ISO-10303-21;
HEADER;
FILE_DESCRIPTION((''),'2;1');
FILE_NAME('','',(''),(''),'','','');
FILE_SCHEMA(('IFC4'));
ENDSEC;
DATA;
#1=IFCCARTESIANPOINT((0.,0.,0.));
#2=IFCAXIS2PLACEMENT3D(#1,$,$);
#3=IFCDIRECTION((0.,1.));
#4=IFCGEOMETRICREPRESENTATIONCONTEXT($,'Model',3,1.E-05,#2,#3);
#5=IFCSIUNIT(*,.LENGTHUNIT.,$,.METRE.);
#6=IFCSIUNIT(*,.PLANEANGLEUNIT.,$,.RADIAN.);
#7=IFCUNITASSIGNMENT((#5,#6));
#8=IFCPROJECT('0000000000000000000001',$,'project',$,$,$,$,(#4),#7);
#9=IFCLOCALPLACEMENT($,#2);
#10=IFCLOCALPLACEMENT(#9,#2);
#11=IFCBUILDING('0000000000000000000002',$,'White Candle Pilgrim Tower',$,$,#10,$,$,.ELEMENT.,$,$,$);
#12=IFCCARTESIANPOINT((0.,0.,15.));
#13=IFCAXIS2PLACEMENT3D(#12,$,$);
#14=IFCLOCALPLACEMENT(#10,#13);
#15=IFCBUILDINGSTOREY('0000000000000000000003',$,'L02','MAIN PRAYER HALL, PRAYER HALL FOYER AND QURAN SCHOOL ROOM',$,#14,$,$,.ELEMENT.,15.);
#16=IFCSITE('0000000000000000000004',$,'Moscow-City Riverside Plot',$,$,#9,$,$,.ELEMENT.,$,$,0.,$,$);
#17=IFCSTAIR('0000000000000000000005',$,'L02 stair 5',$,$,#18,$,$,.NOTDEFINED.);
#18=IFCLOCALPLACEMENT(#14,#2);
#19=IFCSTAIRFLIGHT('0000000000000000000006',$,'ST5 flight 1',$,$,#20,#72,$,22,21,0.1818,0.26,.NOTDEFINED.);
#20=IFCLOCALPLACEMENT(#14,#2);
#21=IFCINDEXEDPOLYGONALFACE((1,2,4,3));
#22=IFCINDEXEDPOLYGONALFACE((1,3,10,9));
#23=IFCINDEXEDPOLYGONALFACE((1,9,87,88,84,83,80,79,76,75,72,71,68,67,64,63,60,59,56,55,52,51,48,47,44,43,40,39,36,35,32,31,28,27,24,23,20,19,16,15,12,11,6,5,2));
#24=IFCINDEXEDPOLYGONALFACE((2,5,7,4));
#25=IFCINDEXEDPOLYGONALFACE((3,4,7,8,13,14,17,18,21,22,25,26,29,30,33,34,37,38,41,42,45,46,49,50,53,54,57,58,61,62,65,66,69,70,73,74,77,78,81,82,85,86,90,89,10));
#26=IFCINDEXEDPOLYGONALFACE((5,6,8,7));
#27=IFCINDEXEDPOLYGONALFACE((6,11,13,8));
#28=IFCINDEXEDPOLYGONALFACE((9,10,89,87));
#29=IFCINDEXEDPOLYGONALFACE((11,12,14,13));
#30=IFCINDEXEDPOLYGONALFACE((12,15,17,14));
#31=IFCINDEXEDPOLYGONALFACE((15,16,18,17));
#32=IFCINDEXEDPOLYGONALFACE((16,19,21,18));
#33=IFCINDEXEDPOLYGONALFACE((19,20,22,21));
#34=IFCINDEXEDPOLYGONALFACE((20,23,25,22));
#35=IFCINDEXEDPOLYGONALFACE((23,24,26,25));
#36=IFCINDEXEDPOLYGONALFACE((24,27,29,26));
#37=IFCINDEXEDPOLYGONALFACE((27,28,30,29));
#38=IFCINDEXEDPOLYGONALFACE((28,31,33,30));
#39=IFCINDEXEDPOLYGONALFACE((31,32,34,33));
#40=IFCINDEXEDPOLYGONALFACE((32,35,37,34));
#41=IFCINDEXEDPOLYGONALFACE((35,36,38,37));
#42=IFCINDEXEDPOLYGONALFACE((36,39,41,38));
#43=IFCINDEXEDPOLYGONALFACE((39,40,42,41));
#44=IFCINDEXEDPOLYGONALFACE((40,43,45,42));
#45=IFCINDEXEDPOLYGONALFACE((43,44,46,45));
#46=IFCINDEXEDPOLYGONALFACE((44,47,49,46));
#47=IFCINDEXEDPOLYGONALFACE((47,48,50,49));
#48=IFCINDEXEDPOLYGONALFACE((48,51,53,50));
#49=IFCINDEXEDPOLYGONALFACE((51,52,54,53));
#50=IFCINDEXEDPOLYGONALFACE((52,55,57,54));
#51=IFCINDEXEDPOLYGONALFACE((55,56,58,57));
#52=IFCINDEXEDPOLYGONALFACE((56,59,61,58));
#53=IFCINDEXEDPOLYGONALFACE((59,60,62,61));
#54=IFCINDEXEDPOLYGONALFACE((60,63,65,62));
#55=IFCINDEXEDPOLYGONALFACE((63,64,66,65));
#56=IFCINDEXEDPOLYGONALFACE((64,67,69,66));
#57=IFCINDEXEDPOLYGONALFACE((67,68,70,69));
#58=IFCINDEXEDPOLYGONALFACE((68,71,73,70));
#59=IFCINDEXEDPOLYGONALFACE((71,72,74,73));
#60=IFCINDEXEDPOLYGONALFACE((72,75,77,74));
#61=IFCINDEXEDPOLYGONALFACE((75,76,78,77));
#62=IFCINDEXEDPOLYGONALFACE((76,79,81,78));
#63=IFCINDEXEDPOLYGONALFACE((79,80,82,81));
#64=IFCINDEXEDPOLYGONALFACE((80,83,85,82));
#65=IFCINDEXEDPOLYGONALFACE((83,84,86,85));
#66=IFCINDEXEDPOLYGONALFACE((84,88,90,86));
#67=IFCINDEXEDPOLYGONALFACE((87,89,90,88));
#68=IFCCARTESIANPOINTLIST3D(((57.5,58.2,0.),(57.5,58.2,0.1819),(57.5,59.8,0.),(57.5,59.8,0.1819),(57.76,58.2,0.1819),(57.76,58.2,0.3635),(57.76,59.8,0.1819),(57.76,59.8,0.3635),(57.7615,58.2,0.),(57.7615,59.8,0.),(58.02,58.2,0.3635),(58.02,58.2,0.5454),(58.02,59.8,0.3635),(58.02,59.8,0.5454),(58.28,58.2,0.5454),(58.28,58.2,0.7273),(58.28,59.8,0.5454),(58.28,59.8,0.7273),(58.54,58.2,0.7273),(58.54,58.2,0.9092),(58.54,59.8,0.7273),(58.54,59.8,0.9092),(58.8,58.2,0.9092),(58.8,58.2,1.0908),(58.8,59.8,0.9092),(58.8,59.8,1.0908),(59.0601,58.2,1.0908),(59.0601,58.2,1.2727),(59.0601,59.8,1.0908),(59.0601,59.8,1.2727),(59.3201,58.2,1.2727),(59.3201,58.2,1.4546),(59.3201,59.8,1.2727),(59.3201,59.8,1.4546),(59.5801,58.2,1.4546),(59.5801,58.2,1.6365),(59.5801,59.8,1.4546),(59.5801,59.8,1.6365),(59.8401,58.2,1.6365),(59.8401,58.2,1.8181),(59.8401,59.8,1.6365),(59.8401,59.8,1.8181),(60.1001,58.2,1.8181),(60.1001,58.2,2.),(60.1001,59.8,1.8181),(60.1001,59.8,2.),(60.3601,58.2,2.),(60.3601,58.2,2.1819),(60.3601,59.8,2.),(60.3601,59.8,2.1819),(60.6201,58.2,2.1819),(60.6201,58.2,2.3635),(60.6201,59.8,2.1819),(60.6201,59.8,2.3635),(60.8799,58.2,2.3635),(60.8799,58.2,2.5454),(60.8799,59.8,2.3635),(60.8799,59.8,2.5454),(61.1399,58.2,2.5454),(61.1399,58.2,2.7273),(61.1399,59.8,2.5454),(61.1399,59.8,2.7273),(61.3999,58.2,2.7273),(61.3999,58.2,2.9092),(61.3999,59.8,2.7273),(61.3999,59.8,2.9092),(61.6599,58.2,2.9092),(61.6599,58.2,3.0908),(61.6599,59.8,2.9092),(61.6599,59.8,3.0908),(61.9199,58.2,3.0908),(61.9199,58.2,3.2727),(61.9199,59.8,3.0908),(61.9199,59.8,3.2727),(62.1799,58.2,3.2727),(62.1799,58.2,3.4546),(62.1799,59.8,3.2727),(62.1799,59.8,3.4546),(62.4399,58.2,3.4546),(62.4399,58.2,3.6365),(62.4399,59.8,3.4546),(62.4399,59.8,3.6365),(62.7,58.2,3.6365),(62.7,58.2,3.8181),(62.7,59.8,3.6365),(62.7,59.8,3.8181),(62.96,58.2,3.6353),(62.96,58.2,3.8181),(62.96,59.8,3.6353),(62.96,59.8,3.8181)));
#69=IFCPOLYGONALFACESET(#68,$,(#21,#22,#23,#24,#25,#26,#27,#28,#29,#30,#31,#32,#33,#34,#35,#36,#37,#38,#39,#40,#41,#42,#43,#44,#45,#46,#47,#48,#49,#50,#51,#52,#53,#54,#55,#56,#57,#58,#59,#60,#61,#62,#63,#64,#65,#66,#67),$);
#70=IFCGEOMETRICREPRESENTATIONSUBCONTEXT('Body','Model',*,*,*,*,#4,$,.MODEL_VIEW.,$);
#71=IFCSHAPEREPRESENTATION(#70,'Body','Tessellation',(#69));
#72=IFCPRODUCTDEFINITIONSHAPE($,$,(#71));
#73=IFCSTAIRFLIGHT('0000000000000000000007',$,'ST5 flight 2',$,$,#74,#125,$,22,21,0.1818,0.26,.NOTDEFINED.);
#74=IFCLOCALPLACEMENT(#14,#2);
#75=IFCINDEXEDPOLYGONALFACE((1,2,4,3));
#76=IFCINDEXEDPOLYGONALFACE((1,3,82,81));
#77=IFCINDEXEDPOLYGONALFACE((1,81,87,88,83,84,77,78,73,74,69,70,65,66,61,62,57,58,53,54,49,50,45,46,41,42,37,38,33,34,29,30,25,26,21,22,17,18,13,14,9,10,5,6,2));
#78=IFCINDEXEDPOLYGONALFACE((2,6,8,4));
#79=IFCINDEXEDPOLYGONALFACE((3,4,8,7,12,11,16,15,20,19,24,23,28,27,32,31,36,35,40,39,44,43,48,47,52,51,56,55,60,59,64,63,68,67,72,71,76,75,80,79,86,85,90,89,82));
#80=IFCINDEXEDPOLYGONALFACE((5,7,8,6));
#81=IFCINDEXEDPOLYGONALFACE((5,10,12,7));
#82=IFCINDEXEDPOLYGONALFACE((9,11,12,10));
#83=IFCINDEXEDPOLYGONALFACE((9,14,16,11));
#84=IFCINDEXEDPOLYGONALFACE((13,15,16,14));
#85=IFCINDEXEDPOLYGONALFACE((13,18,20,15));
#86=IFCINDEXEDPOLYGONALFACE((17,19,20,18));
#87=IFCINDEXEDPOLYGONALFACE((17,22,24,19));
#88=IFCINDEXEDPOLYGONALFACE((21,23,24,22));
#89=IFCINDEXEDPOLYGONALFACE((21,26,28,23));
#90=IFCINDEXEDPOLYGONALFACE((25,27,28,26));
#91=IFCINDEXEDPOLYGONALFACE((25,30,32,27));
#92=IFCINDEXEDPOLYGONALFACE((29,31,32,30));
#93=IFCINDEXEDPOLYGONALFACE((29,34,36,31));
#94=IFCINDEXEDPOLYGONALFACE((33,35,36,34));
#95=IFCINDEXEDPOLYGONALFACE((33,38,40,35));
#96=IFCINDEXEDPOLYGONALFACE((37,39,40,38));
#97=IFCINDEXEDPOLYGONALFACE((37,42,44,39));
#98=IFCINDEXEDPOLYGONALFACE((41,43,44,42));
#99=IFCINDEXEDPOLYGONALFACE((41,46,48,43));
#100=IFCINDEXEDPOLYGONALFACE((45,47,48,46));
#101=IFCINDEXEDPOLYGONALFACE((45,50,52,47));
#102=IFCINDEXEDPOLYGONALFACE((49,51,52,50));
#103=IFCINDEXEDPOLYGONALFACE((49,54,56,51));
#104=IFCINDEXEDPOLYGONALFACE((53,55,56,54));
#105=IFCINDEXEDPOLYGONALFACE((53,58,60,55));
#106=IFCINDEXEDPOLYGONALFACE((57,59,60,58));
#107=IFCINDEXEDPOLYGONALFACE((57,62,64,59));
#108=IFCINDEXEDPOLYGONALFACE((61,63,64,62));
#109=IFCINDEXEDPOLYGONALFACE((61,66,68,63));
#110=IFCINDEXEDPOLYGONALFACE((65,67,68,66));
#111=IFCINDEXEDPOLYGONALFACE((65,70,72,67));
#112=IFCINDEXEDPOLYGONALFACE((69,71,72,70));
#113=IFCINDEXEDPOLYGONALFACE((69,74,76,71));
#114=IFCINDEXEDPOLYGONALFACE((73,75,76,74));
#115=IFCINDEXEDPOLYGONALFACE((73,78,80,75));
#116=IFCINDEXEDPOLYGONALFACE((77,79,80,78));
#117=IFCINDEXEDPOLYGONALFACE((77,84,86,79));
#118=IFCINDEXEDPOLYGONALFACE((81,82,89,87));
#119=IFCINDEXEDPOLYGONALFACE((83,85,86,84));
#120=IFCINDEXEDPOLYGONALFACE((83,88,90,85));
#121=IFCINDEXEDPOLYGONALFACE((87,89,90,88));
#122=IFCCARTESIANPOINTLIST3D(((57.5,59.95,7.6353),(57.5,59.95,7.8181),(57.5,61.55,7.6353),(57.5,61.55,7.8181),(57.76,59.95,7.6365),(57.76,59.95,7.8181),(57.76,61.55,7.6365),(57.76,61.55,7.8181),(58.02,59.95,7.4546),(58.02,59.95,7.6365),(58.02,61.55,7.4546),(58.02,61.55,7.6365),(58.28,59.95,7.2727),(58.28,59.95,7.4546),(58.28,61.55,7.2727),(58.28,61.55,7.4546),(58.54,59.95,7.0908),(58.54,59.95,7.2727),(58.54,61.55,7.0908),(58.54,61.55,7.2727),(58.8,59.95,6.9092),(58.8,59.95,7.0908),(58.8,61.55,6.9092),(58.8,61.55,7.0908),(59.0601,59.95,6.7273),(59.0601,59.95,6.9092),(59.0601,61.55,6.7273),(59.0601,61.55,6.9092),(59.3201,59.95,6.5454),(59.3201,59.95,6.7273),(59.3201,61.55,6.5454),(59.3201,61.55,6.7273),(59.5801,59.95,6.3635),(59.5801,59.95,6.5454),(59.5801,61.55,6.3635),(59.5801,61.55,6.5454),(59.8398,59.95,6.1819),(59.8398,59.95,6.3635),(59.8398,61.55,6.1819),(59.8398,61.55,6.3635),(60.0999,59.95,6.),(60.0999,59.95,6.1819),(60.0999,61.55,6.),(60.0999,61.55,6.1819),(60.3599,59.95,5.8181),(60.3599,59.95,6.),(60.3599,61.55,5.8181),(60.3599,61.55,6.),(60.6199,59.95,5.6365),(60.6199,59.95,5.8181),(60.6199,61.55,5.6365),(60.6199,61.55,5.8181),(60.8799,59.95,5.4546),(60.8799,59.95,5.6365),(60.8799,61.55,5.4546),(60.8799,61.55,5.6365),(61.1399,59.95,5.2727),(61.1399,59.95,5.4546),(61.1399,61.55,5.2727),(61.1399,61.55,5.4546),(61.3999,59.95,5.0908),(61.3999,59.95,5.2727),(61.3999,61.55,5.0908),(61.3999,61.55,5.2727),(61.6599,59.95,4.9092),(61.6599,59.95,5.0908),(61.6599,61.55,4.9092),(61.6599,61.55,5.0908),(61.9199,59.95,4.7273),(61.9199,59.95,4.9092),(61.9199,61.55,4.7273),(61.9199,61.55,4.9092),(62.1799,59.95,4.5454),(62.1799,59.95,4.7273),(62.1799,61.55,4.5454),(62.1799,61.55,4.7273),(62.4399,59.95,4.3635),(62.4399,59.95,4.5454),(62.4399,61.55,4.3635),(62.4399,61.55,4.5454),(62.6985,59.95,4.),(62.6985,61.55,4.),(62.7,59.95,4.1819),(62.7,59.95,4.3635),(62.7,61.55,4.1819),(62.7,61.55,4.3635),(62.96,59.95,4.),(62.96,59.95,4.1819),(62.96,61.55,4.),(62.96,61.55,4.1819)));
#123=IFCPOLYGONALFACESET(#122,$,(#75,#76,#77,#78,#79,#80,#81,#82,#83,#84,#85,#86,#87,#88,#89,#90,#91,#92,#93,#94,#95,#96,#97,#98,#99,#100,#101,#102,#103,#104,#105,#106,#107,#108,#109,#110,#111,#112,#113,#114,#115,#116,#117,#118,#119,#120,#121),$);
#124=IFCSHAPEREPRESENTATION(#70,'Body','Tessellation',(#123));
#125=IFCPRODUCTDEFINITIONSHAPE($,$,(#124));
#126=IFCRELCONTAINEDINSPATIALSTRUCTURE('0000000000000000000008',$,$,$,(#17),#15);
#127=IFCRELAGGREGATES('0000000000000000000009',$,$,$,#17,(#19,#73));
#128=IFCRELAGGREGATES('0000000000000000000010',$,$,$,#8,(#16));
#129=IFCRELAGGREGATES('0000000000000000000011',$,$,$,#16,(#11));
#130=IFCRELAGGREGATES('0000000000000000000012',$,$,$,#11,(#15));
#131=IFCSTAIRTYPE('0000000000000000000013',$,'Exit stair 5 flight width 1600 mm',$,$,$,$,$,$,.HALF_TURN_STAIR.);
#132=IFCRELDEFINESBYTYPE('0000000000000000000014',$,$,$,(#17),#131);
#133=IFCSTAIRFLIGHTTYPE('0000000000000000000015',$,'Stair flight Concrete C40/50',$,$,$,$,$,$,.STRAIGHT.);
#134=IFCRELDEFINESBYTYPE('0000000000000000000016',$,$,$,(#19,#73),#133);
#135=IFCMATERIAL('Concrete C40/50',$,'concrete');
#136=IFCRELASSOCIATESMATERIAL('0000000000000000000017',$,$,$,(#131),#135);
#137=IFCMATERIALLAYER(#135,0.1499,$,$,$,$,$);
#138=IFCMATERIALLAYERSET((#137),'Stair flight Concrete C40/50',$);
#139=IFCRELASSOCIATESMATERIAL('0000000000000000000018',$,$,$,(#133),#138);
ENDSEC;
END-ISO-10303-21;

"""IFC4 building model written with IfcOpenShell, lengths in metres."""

from ifc_helpers import new_model, si_unit, direction, frame, origin, place, context, subcontext, project, spatial, polyline, outline, extrude, material, layer, layer_set, type_object, element, aggregate, save


model = new_model("IFC4")

# Units and contexts
model_context = context("Model", 3, precision=1e-05, world=origin(), true_north=direction((0.0, 1.0)))
body_context = subcontext(model_context, "Body", "Model", "MODEL_VIEW")
ifc_project = project(units=[si_unit("LENGTHUNIT", "METRE"), si_unit("PLANEANGLEUNIT", "RADIAN")], contexts=[model_context])

# Site, building, storey
site_placement = place(None, origin())
site = spatial("IfcSite", under=ifc_project, at=site_placement, Name="Moscow-City Riverside Plot", CompositionType="ELEMENT", RefElevation=0.0)
building_placement = place(site_placement, origin())
building = spatial("IfcBuilding", under=site, at=building_placement, Name="White Candle Pilgrim Tower", CompositionType="ELEMENT")
storey_placement = place(building_placement, frame((0.0, 0.0, 15.0)))
storey = spatial("IfcBuildingStorey", under=building, at=storey_placement, Name="L02", Description="MAIN PRAYER HALL, PRAYER HALL FOYER AND QURAN SCHOOL ROOM", CompositionType="ELEMENT", Elevation=15.0)

# Stair, stair flights
ifc_material_1 = material(Name="Concrete C40/50", Category="concrete")
stair_type = type_object("IfcStairType", Name="Exit stair 5 flight width 1600 mm", PredefinedType="HALF_TURN_STAIR", material=ifc_material_1)
stair_placement = place(storey_placement, origin())
stair = element("IfcStair", 1, at=stair_placement, inside=storey, type_object=stair_type, Name="L02 stair 5", PredefinedType="NOTDEFINED")
ifc_layer_1 = layer(ifc_material_1, 0.1499)
ifc_layer_set_1 = layer_set([ifc_layer_1], Name="Stair flight Concrete C40/50")
stair_flight_type = type_object("IfcStairFlightType", Name="Stair flight Concrete C40/50", PredefinedType="STRAIGHT", material=ifc_layer_set_1)
stair_flight_1_placement = place(storey_placement, frame((57.5, 59.0, 0.0), z_axis=(0.0, 0.0, 1.0), x_axis=(1.0, 0.0, 0.0)))
stair_flight_1 = element("IfcStairFlight", 2, at=stair_flight_1_placement, type_object=stair_flight_type, Name="ST5 flight 1", NumberOfRisers=22, NumberOfTreads=21, PredefinedType="NOTDEFINED", RiserHeight=0.1818, TreadLength=0.26, context=body_context, shape_type="SweptSolid", body=[
    extrude(outline(polyline([(0.0, 0.0), (0.0, 0.1819), (0.26, 0.1819), (0.26, 0.3635), (0.52, 0.3635), (0.52, 0.5454), (0.78, 0.5454), (0.78, 0.7273), (1.04, 0.7273), (1.04, 0.9092), (1.3, 0.9092), (1.3, 1.0908), (1.5601, 1.0908), (1.5601, 1.2727), (1.8201, 1.2727), (1.8201, 1.4546), (2.0801, 1.4546), (2.0801, 1.6365), (2.3401, 1.6365), (2.3401, 1.8181), (2.6001, 1.8181), (2.6001, 2.0), (2.8601, 2.0), (2.8601, 2.1819), (3.1201, 2.1819), (3.1201, 2.3635), (3.3799, 2.3635), (3.3799, 2.5454), (3.6399, 2.5454), (3.6399, 2.7273), (3.8999, 2.7273), (3.8999, 2.9092), (4.1599, 2.9092), (4.1599, 3.0908), (4.4199, 3.0908), (4.4199, 3.2727), (4.6799, 3.2727), (4.6799, 3.4546), (4.9399, 3.4546), (4.9399, 3.6365), (5.2, 3.6365), (5.2, 3.8181), (5.46, 3.8181), (5.46, 4.0), (5.46, 3.6353), (0.2615, 0.0), (0.0, 0.0)])), frame((0.0, 0.8, 0.0), z_axis=(0.0, -1.0, 0.0), x_axis=(1.0, 0.0, 0.0)), (0.0, 0.0, 1.0), 1.6001),
])
stair_flight_2_placement = place(storey_placement, frame((62.96, 60.75, 4.0), z_axis=(0.0, 0.0, 1.0), x_axis=(-1.0, 0.0, 0.0)))
stair_flight_2 = element("IfcStairFlight", 3, at=stair_flight_2_placement, type_object=stair_flight_type, Name="ST5 flight 2", NumberOfRisers=22, NumberOfTreads=21, PredefinedType="NOTDEFINED", RiserHeight=0.1818, TreadLength=0.26, context=body_context, shape_type="SweptSolid", body=[
    extrude(outline(polyline([(0.0, 0.0), (0.0, 0.1819), (0.26, 0.1819), (0.26, 0.3635), (0.52, 0.3635), (0.52, 0.5454), (0.78, 0.5454), (0.78, 0.7273), (1.04, 0.7273), (1.04, 0.9092), (1.3, 0.9092), (1.3, 1.0908), (1.5601, 1.0908), (1.5601, 1.2727), (1.8201, 1.2727), (1.8201, 1.4546), (2.0801, 1.4546), (2.0801, 1.6365), (2.3401, 1.6365), (2.3401, 1.8181), (2.6001, 1.8181), (2.6001, 2.0), (2.8601, 2.0), (2.8601, 2.1819), (3.1201, 2.1819), (3.1201, 2.3635), (3.3799, 2.3635), (3.3799, 2.5454), (3.6399, 2.5454), (3.6399, 2.7273), (3.8999, 2.7273), (3.8999, 2.9092), (4.1599, 2.9092), (4.1599, 3.0908), (4.4199, 3.0908), (4.4199, 3.2727), (4.6799, 3.2727), (4.6799, 3.4546), (4.9399, 3.4546), (4.9399, 3.6365), (5.2, 3.6365), (5.2, 3.8181), (5.46, 3.8181), (5.46, 4.0), (5.46, 3.6353), (0.2615, 0.0), (0.0, 0.0)])), frame((0.0, 0.8, 0.0), z_axis=(0.0, -1.0, 0.0), x_axis=(1.0, 0.0, 0.0)), (0.0, 0.0, 1.0), 1.6001),
])
aggregate(stair, [stair_flight_1, stair_flight_2])

save(model, "model.ifc")
